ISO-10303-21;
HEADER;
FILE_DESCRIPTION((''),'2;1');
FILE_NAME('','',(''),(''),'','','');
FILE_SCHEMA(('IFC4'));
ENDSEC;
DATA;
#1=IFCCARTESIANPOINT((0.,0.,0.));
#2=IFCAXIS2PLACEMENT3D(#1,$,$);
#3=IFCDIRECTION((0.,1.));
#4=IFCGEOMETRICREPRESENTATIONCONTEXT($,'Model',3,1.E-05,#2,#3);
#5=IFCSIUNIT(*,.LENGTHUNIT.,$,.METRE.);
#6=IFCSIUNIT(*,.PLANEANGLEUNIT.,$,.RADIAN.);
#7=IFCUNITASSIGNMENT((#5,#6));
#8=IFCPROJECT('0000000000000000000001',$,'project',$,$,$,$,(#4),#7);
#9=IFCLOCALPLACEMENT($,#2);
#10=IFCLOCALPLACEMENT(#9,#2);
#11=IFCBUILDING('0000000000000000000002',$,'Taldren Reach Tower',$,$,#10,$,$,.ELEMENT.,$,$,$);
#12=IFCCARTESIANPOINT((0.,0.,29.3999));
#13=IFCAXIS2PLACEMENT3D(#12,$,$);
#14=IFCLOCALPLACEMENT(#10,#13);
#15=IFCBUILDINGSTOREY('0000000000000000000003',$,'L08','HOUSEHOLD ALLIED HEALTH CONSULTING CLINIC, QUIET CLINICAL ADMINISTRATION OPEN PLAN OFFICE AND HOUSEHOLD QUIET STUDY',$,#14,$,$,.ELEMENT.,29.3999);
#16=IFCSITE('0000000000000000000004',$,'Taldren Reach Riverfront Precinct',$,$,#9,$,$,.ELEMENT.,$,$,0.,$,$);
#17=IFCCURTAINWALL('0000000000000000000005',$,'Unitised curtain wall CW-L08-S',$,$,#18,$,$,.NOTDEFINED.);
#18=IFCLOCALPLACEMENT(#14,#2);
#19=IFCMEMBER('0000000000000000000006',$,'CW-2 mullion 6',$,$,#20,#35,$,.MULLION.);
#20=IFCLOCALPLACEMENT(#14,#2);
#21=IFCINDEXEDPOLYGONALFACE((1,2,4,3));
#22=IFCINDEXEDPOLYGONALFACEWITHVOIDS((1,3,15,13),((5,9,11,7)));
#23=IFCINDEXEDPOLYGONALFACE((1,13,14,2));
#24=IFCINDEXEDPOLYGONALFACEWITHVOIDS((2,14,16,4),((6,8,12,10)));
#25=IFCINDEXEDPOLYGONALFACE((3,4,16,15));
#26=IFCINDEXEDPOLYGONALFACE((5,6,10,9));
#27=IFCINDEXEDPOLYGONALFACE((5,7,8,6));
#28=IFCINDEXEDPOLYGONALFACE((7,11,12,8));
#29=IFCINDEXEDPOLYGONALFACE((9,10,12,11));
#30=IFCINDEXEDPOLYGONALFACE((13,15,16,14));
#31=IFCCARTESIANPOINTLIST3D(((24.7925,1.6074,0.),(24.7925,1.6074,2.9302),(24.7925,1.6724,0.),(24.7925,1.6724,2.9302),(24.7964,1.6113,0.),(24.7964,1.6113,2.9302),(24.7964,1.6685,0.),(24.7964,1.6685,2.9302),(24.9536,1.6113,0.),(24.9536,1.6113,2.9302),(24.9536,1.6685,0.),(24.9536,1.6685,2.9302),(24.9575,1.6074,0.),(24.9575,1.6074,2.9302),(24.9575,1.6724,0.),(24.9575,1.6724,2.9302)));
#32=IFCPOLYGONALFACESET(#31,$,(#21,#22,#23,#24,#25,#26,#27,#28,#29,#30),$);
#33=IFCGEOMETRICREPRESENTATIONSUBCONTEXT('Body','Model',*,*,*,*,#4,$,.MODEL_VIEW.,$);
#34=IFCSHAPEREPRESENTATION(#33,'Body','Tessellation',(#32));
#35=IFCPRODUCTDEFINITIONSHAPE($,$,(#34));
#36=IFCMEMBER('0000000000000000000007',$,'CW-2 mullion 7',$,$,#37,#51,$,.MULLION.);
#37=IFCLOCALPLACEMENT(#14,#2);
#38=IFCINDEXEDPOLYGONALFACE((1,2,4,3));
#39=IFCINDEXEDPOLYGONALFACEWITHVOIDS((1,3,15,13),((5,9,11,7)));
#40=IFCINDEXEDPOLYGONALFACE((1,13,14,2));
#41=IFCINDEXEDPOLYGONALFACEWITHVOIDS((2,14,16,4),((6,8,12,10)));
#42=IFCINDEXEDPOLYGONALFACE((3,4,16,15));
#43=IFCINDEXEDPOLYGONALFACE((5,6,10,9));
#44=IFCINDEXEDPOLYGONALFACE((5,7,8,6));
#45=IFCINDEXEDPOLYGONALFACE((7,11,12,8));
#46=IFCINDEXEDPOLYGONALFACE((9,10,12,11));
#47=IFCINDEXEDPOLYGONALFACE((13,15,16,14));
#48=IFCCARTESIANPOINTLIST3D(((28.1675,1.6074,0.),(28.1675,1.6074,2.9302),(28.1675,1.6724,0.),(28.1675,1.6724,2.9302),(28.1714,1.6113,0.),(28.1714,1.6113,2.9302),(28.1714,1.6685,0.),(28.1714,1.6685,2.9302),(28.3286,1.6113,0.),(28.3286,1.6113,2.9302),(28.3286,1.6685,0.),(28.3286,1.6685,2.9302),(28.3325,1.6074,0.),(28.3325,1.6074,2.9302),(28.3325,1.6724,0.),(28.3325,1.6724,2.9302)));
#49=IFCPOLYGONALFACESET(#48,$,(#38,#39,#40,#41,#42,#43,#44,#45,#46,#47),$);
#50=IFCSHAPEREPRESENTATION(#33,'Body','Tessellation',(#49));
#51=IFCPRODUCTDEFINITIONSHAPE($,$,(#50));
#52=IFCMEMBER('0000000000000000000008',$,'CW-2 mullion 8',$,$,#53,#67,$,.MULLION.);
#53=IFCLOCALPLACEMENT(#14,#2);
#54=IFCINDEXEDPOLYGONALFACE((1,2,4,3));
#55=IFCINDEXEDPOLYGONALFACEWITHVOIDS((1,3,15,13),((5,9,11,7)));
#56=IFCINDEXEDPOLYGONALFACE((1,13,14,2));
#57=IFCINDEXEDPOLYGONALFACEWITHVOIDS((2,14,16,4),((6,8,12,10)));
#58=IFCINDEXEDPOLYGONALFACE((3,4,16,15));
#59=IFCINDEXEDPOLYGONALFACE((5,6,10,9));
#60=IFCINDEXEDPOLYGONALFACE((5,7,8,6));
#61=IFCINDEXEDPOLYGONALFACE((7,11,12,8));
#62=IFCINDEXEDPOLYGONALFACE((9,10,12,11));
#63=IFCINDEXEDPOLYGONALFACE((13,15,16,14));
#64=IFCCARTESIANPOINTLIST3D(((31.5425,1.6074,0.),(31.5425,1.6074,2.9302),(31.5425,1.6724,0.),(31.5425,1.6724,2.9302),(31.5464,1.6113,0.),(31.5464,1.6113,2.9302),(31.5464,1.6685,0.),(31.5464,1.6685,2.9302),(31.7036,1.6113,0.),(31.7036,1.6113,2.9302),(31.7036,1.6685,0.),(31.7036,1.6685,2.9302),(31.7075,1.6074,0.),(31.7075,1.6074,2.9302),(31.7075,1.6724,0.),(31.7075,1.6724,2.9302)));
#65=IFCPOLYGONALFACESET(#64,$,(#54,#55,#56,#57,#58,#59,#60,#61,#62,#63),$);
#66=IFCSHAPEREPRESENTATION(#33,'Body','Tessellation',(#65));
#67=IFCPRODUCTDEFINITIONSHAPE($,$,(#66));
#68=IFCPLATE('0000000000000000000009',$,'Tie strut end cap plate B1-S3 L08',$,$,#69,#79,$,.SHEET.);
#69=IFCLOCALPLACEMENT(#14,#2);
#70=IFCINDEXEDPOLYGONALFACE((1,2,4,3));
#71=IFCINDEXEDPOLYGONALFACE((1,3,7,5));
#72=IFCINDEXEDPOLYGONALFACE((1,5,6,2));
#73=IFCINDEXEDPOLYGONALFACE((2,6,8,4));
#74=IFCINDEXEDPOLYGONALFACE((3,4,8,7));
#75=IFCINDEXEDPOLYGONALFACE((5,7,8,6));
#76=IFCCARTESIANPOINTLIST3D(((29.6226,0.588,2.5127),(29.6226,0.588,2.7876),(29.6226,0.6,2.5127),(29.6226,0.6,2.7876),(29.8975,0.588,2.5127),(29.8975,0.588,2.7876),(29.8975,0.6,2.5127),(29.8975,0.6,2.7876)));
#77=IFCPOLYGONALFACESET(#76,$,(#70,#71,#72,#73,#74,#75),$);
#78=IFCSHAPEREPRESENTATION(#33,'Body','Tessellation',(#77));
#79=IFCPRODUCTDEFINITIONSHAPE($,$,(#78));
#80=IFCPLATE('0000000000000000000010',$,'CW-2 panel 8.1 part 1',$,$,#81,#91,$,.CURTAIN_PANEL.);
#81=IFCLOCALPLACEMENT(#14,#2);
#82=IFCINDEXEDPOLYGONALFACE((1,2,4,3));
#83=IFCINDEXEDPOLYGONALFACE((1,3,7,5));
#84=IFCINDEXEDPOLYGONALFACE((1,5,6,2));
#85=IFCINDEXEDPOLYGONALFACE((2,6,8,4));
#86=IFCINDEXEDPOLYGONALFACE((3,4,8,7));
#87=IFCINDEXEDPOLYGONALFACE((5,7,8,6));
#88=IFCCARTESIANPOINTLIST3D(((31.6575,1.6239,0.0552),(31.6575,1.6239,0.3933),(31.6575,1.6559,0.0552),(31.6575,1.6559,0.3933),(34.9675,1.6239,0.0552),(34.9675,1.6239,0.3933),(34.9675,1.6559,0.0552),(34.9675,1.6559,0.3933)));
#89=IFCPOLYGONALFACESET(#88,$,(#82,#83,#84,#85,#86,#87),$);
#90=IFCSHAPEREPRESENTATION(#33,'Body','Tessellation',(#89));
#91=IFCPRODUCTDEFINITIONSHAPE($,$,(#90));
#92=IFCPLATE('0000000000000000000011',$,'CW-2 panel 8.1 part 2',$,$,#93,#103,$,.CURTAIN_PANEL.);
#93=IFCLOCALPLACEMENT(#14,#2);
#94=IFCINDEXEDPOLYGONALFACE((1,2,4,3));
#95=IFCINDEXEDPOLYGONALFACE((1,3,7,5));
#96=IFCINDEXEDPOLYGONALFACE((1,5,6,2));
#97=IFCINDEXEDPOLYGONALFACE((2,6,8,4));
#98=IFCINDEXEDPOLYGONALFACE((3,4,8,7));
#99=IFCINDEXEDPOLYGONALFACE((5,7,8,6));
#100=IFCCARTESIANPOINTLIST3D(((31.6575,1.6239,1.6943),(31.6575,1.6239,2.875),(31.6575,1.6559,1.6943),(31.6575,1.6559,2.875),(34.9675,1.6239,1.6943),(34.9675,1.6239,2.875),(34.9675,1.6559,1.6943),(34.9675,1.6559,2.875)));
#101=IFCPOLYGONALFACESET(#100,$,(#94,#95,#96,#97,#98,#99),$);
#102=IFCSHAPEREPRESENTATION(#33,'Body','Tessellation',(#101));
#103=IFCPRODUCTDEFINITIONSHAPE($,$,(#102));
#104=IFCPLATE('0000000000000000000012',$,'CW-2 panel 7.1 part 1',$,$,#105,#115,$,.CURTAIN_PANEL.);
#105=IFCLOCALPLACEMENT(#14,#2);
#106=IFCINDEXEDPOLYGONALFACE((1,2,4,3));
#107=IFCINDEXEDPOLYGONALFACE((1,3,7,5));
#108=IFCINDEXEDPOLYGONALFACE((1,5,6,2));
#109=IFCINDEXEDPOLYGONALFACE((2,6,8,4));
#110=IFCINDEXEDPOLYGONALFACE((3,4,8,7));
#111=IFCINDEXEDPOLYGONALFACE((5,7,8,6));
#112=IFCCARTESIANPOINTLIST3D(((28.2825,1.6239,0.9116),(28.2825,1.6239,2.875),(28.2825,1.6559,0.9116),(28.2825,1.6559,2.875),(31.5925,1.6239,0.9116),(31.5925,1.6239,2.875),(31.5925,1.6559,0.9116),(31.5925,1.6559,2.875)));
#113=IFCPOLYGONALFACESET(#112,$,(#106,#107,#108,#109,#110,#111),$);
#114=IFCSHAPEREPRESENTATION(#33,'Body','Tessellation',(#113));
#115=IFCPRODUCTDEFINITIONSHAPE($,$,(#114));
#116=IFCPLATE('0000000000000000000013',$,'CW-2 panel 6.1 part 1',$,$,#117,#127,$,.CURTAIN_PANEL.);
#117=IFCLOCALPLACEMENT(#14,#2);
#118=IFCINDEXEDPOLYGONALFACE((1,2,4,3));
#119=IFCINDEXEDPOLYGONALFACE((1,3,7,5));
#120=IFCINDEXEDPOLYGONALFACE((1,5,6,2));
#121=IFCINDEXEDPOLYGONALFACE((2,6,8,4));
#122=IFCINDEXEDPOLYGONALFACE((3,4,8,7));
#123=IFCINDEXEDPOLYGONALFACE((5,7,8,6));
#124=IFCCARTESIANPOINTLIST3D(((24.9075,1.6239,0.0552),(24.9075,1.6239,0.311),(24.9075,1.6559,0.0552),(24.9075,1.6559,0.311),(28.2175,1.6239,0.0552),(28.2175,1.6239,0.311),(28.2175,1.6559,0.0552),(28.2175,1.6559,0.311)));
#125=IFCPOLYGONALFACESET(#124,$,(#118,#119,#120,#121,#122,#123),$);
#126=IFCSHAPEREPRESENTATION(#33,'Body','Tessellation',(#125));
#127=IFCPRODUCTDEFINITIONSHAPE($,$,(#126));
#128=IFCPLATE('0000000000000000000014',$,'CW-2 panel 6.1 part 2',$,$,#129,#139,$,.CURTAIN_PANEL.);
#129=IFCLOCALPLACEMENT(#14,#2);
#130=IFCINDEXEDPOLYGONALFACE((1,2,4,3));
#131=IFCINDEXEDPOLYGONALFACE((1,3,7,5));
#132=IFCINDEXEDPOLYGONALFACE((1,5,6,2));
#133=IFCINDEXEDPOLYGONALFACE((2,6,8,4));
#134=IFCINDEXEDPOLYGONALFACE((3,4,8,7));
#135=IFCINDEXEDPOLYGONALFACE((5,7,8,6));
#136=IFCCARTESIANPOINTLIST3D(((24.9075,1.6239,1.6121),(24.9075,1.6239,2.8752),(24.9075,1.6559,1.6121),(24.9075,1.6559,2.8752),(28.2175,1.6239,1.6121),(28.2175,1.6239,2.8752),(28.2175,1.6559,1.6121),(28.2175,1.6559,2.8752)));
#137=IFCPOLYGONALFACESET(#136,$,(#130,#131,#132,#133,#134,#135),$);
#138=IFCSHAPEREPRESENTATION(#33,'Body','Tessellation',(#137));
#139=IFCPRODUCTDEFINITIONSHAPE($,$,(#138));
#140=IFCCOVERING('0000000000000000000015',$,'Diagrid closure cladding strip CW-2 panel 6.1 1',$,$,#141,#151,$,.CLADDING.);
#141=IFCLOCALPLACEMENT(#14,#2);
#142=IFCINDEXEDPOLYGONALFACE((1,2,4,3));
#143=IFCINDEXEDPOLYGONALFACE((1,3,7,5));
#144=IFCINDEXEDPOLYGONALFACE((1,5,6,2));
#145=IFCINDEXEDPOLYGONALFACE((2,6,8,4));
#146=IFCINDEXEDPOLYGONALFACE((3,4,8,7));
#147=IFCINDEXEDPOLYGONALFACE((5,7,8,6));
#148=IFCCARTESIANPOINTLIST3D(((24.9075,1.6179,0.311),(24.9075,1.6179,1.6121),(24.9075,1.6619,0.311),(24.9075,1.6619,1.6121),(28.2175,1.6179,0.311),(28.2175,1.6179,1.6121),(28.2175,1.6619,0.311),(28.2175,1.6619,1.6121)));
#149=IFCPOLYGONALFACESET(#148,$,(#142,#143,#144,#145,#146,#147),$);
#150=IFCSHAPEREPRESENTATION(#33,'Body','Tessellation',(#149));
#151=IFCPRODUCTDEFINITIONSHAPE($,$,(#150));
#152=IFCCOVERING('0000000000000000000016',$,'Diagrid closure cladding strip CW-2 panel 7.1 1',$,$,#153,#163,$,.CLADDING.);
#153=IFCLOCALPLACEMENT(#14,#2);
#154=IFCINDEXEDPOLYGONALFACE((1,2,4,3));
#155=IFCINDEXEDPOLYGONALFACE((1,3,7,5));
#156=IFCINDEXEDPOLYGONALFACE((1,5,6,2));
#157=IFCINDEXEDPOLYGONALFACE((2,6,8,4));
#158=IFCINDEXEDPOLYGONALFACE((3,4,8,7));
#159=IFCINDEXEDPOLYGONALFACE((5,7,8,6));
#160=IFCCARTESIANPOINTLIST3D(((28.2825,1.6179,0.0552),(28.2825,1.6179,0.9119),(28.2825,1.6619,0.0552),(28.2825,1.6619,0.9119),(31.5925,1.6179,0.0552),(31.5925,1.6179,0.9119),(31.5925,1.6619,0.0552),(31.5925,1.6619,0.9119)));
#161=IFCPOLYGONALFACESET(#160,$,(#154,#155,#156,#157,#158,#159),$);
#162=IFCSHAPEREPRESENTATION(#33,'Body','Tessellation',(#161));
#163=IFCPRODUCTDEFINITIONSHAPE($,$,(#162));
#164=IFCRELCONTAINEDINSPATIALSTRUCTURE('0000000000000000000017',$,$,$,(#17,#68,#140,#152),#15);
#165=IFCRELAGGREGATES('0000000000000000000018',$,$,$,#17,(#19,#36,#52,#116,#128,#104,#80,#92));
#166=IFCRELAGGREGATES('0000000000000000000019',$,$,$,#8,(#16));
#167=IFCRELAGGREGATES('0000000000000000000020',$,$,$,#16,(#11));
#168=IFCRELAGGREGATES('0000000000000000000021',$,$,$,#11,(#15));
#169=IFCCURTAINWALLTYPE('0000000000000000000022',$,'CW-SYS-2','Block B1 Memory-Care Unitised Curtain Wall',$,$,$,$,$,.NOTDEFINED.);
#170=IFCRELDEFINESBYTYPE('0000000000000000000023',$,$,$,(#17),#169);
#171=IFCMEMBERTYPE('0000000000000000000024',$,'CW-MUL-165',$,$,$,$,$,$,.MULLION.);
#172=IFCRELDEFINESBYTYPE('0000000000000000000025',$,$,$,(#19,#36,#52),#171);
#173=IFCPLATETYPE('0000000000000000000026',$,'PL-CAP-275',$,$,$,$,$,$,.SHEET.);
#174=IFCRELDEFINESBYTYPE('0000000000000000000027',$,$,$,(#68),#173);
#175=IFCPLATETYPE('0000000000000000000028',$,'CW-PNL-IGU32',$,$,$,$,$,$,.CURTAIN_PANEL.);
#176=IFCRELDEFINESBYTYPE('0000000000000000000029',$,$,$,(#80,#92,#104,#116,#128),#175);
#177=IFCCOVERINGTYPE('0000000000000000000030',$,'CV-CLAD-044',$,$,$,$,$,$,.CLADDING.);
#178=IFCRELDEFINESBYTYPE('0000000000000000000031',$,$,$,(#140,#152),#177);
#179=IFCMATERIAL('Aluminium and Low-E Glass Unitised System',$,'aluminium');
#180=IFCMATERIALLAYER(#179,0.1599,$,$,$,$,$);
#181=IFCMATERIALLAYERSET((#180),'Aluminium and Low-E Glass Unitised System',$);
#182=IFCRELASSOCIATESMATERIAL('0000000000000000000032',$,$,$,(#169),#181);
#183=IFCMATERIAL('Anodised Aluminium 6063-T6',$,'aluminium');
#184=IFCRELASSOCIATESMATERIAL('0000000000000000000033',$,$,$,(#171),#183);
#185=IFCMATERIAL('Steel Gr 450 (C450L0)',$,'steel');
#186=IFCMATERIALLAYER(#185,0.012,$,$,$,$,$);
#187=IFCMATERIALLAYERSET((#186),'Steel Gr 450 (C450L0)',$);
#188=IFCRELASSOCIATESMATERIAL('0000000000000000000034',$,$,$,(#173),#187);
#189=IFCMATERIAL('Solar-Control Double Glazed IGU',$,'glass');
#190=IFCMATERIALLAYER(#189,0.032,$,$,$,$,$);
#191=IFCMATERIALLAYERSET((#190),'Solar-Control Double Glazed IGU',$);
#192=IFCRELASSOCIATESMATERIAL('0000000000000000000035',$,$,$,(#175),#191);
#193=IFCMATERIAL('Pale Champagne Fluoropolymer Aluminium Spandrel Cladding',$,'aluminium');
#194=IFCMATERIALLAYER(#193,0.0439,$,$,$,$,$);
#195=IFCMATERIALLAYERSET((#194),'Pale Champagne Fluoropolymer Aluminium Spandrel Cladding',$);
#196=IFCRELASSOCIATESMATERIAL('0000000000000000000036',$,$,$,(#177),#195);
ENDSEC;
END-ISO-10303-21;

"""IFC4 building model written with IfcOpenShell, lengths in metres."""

from ifc_helpers import new_model, si_unit, direction, frame, origin, origin_2d, place, context, subcontext, project, spatial, rectangle, hollow_rectangle, extrude, source, transform, mapped, material, layer, layer_set, material_profile, profile_set, type_object, element, aggregate, save


model = new_model("IFC4")

# Units and contexts
model_context = context("Model", 3, precision=1e-05, world=origin(), true_north=direction((0.0, 1.0)))
body_context = subcontext(model_context, "Body", "Model", "MODEL_VIEW")
ifc_project = project(units=[si_unit("LENGTHUNIT", "METRE"), si_unit("PLANEANGLEUNIT", "RADIAN")], contexts=[model_context])

# Site, building, storey
site_placement = place(None, origin())
site = spatial("IfcSite", under=ifc_project, at=site_placement, Name="Taldren Reach Riverfront Precinct", CompositionType="ELEMENT", RefElevation=0.0)
building_placement = place(site_placement, origin())
building = spatial("IfcBuilding", under=site, at=building_placement, Name="Taldren Reach Tower", CompositionType="ELEMENT")
storey_placement = place(building_placement, frame((0.0, 0.0, 29.3999)))
storey = spatial("IfcBuildingStorey", under=building, at=storey_placement, Name="L08", Description="HOUSEHOLD ALLIED HEALTH CONSULTING CLINIC, QUIET CLINICAL ADMINISTRATION OPEN PLAN OFFICE AND HOUSEHOLD QUIET STUDY", CompositionType="ELEMENT", Elevation=29.3999)

# Shared definitions
ifc_material_1 = material(Name="Steel Gr 450 (C450L0)", Category="steel")

# Curtain wall, members
ifc_material_2 = material(Name="Aluminium and Low-E Glass Unitised System", Category="aluminium")
ifc_layer_1 = layer(ifc_material_2, 0.1599)
ifc_layer_set_1 = layer_set([ifc_layer_1], Name="Aluminium and Low-E Glass Unitised System")
curtain_wall_type = type_object("IfcCurtainWallType", Name="CW-SYS-2", Description="Block B1 Memory-Care Unitised Curtain Wall", PredefinedType="NOTDEFINED", material=ifc_layer_set_1)
curtain_wall_placement = place(storey_placement, origin())
curtain_wall = element("IfcCurtainWall", 1, at=curtain_wall_placement, inside=storey, type_object=curtain_wall_type, Name="Unitised curtain wall CW-L08-S", PredefinedType="NOTDEFINED")
ifc_material_3 = material(Name="Anodised Aluminium 6063-T6", Category="aluminium")
ifc_material_profile_1 = material_profile(ifc_material_3, hollow_rectangle(XDim=0.0649, YDim=0.165, WallThickness=0.0039, at=origin_2d()), Name="ALU-165x65x4RHS")
ifc_profile_set_1 = profile_set([ifc_material_profile_1], Name="Anodised Aluminium 6063-T6")
member_type_1 = type_object("IfcMemberType", Name="CW-MUL-165", PredefinedType="MULLION", material=ifc_profile_set_1)
shared_shape_1 = source(origin(), body_context, "Body", "SweptSolid", [
    extrude(hollow_rectangle(XDim=0.0649, YDim=0.165, WallThickness=0.0039, at=origin_2d()), origin(), (0.0, 0.0, 1.0), 2.9302),
])
member_1_placement = place(storey_placement, frame((24.875, 1.6399, 0.0), z_axis=(0.0, 0.0, 1.0), x_axis=(0.0, 1.0, 0.0)))
member_1 = element("IfcMember", 2, at=member_1_placement, type_object=member_type_1, Name="CW-2 mullion 6", PredefinedType="MULLION", context=body_context, shape_type="MappedRepresentation", body=[
    mapped(shared_shape_1, transform((0.0, 0.0, 0.0), scale=1.0)),
])
member_2_placement = place(storey_placement, frame((28.25, 1.6399, 0.0), z_axis=(0.0, 0.0, 1.0), x_axis=(0.0, 1.0, 0.0)))
member_2 = element("IfcMember", 3, at=member_2_placement, type_object=member_type_1, Name="CW-2 mullion 7", PredefinedType="MULLION", context=body_context, shape_type="MappedRepresentation", body=[
    mapped(shared_shape_1, transform((0.0, 0.0, 0.0), scale=1.0)),
])
member_3_placement = place(storey_placement, frame((31.625, 1.6399, 0.0), z_axis=(0.0, 0.0, 1.0), x_axis=(0.0, 1.0, 0.0)))
member_3 = element("IfcMember", 4, at=member_3_placement, type_object=member_type_1, Name="CW-2 mullion 8", PredefinedType="MULLION", context=body_context, shape_type="MappedRepresentation", body=[
    mapped(shared_shape_1, transform((0.0, 0.0, 0.0), scale=1.0)),
])

# Plates
ifc_layer_2 = layer(ifc_material_1, 0.012)
ifc_layer_set_2 = layer_set([ifc_layer_2], Name="Steel Gr 450 (C450L0)")
plate_type_1 = type_object("IfcPlateType", Name="PL-CAP-275", PredefinedType="SHEET", material=ifc_layer_set_2)
shared_shape_2 = source(origin(), body_context, "Body", "SweptSolid", [
    extrude(rectangle(XDim=0.2749, YDim=0.012, at=origin_2d()), origin(), (0.0, 0.0, 1.0), 0.2749),
])
plate_1_placement = place(storey_placement, frame((29.76, 0.594, 2.5127), z_axis=(0.0, 0.0, 1.0), x_axis=(1.0, 0.0, 0.0)))
element("IfcPlate", 5, at=plate_1_placement, inside=storey, type_object=plate_type_1, Name="Tie strut end cap plate B1-S3 L08", PredefinedType="SHEET", context=body_context, shape_type="MappedRepresentation", body=[
    mapped(shared_shape_2, transform((0.0, 0.0, 0.0), scale=1.0)),
])
ifc_material_4 = material(Name="Solar-Control Double Glazed IGU", Category="glass")
ifc_layer_3 = layer(ifc_material_4, 0.032)
ifc_layer_set_3 = layer_set([ifc_layer_3], Name="Solar-Control Double Glazed IGU")
plate_type_2 = type_object("IfcPlateType", Name="CW-PNL-IGU32", PredefinedType="CURTAIN_PANEL", material=ifc_layer_set_3)
shared_shape_3 = source(origin(), body_context, "Body", "SweptSolid", [
    extrude(rectangle(XDim=3.3101, YDim=0.032, at=origin_2d()), origin(), (0.0, 0.0, 1.0), 0.3381),
])
plate_2_placement = place(storey_placement, frame((33.3125, 1.6399, 0.0552), z_axis=(0.0, 0.0, 1.0), x_axis=(1.0, 0.0, 0.0)))
plate_2 = element("IfcPlate", 6, at=plate_2_placement, type_object=plate_type_2, Name="CW-2 panel 8.1 part 1", PredefinedType="CURTAIN_PANEL", context=body_context, shape_type="MappedRepresentation", body=[
    mapped(shared_shape_3, transform((0.0, 0.0, 0.0), scale=1.0)),
])
shared_shape_4 = source(origin(), body_context, "Body", "SweptSolid", [
    extrude(rectangle(XDim=3.3101, YDim=0.032, at=origin_2d()), origin(), (0.0, 0.0, 1.0), 1.1807),
])
plate_3_placement = place(storey_placement, frame((33.3125, 1.6399, 1.6943), z_axis=(0.0, 0.0, 1.0), x_axis=(1.0, 0.0, 0.0)))
plate_3 = element("IfcPlate", 7, at=plate_3_placement, type_object=plate_type_2, Name="CW-2 panel 8.1 part 2", PredefinedType="CURTAIN_PANEL", context=body_context, shape_type="MappedRepresentation", body=[
    mapped(shared_shape_4, transform((0.0, 0.0, 0.0), scale=1.0)),
])
shared_shape_5 = source(origin(), body_context, "Body", "SweptSolid", [
    extrude(rectangle(XDim=3.3101, YDim=0.032, at=origin_2d()), origin(), (0.0, 0.0, 1.0), 1.9634),
])
plate_4_placement = place(storey_placement, frame((29.9375, 1.6399, 0.9116), z_axis=(0.0, 0.0, 1.0), x_axis=(1.0, 0.0, 0.0)))
plate_4 = element("IfcPlate", 8, at=plate_4_placement, type_object=plate_type_2, Name="CW-2 panel 7.1 part 1", PredefinedType="CURTAIN_PANEL", context=body_context, shape_type="MappedRepresentation", body=[
    mapped(shared_shape_5, transform((0.0, 0.0, 0.0), scale=1.0)),
])
shared_shape_6 = source(origin(), body_context, "Body", "SweptSolid", [
    extrude(rectangle(XDim=3.3101, YDim=0.032, at=origin_2d()), origin(), (0.0, 0.0, 1.0), 0.2559),
])
plate_5_placement = place(storey_placement, frame((26.5625, 1.6399, 0.0552), z_axis=(0.0, 0.0, 1.0), x_axis=(1.0, 0.0, 0.0)))
plate_5 = element("IfcPlate", 9, at=plate_5_placement, type_object=plate_type_2, Name="CW-2 panel 6.1 part 1", PredefinedType="CURTAIN_PANEL", context=body_context, shape_type="MappedRepresentation", body=[
    mapped(shared_shape_6, transform((0.0, 0.0, 0.0), scale=1.0)),
])
shared_shape_7 = source(origin(), body_context, "Body", "SweptSolid", [
    extrude(rectangle(XDim=3.3101, YDim=0.032, at=origin_2d()), origin(), (0.0, 0.0, 1.0), 1.2632),
])
plate_6_placement = place(storey_placement, frame((26.5625, 1.6399, 1.6121), z_axis=(0.0, 0.0, 1.0), x_axis=(1.0, 0.0, 0.0)))
plate_6 = element("IfcPlate", 10, at=plate_6_placement, type_object=plate_type_2, Name="CW-2 panel 6.1 part 2", PredefinedType="CURTAIN_PANEL", context=body_context, shape_type="MappedRepresentation", body=[
    mapped(shared_shape_7, transform((0.0, 0.0, 0.0), scale=1.0)),
])
aggregate(curtain_wall, [member_1, member_2, member_3, plate_5, plate_6, plate_4, plate_2, plate_3])

# Coverings
ifc_material_5 = material(Name="Pale Champagne Fluoropolymer Aluminium Spandrel Cladding", Category="aluminium")
ifc_layer_4 = layer(ifc_material_5, 0.0439)
ifc_layer_set_4 = layer_set([ifc_layer_4], Name="Pale Champagne Fluoropolymer Aluminium Spandrel Cladding")
covering_type = type_object("IfcCoveringType", Name="CV-CLAD-044", PredefinedType="CLADDING", material=ifc_layer_set_4)
shared_shape_8 = source(origin(), body_context, "Body", "SweptSolid", [
    extrude(rectangle(XDim=3.3101, YDim=0.0439, at=origin_2d()), origin(), (0.0, 0.0, 1.0), 1.301),
])
covering_1_placement = place(storey_placement, frame((26.5625, 1.6399, 0.311), z_axis=(0.0, 0.0, 1.0), x_axis=(1.0, 0.0, 0.0)))
element("IfcCovering", 11, at=covering_1_placement, inside=storey, type_object=covering_type, Name="Diagrid closure cladding strip CW-2 panel 6.1 1", PredefinedType="CLADDING", context=body_context, shape_type="MappedRepresentation", body=[
    mapped(shared_shape_8, transform((0.0, 0.0, 0.0), scale=1.0)),
])
shared_shape_9 = source(origin(), body_context, "Body", "SweptSolid", [
    extrude(rectangle(XDim=3.3101, YDim=0.0439, at=origin_2d()), origin(), (0.0, 0.0, 1.0), 0.8567),
])
covering_2_placement = place(storey_placement, frame((29.9375, 1.6399, 0.0552), z_axis=(0.0, 0.0, 1.0), x_axis=(1.0, 0.0, 0.0)))
element("IfcCovering", 12, at=covering_2_placement, inside=storey, type_object=covering_type, Name="Diagrid closure cladding strip CW-2 panel 7.1 1", PredefinedType="CLADDING", context=body_context, shape_type="MappedRepresentation", body=[
    mapped(shared_shape_9, transform((0.0, 0.0, 0.0), scale=1.0)),
])

save(model, "model.ifc")
